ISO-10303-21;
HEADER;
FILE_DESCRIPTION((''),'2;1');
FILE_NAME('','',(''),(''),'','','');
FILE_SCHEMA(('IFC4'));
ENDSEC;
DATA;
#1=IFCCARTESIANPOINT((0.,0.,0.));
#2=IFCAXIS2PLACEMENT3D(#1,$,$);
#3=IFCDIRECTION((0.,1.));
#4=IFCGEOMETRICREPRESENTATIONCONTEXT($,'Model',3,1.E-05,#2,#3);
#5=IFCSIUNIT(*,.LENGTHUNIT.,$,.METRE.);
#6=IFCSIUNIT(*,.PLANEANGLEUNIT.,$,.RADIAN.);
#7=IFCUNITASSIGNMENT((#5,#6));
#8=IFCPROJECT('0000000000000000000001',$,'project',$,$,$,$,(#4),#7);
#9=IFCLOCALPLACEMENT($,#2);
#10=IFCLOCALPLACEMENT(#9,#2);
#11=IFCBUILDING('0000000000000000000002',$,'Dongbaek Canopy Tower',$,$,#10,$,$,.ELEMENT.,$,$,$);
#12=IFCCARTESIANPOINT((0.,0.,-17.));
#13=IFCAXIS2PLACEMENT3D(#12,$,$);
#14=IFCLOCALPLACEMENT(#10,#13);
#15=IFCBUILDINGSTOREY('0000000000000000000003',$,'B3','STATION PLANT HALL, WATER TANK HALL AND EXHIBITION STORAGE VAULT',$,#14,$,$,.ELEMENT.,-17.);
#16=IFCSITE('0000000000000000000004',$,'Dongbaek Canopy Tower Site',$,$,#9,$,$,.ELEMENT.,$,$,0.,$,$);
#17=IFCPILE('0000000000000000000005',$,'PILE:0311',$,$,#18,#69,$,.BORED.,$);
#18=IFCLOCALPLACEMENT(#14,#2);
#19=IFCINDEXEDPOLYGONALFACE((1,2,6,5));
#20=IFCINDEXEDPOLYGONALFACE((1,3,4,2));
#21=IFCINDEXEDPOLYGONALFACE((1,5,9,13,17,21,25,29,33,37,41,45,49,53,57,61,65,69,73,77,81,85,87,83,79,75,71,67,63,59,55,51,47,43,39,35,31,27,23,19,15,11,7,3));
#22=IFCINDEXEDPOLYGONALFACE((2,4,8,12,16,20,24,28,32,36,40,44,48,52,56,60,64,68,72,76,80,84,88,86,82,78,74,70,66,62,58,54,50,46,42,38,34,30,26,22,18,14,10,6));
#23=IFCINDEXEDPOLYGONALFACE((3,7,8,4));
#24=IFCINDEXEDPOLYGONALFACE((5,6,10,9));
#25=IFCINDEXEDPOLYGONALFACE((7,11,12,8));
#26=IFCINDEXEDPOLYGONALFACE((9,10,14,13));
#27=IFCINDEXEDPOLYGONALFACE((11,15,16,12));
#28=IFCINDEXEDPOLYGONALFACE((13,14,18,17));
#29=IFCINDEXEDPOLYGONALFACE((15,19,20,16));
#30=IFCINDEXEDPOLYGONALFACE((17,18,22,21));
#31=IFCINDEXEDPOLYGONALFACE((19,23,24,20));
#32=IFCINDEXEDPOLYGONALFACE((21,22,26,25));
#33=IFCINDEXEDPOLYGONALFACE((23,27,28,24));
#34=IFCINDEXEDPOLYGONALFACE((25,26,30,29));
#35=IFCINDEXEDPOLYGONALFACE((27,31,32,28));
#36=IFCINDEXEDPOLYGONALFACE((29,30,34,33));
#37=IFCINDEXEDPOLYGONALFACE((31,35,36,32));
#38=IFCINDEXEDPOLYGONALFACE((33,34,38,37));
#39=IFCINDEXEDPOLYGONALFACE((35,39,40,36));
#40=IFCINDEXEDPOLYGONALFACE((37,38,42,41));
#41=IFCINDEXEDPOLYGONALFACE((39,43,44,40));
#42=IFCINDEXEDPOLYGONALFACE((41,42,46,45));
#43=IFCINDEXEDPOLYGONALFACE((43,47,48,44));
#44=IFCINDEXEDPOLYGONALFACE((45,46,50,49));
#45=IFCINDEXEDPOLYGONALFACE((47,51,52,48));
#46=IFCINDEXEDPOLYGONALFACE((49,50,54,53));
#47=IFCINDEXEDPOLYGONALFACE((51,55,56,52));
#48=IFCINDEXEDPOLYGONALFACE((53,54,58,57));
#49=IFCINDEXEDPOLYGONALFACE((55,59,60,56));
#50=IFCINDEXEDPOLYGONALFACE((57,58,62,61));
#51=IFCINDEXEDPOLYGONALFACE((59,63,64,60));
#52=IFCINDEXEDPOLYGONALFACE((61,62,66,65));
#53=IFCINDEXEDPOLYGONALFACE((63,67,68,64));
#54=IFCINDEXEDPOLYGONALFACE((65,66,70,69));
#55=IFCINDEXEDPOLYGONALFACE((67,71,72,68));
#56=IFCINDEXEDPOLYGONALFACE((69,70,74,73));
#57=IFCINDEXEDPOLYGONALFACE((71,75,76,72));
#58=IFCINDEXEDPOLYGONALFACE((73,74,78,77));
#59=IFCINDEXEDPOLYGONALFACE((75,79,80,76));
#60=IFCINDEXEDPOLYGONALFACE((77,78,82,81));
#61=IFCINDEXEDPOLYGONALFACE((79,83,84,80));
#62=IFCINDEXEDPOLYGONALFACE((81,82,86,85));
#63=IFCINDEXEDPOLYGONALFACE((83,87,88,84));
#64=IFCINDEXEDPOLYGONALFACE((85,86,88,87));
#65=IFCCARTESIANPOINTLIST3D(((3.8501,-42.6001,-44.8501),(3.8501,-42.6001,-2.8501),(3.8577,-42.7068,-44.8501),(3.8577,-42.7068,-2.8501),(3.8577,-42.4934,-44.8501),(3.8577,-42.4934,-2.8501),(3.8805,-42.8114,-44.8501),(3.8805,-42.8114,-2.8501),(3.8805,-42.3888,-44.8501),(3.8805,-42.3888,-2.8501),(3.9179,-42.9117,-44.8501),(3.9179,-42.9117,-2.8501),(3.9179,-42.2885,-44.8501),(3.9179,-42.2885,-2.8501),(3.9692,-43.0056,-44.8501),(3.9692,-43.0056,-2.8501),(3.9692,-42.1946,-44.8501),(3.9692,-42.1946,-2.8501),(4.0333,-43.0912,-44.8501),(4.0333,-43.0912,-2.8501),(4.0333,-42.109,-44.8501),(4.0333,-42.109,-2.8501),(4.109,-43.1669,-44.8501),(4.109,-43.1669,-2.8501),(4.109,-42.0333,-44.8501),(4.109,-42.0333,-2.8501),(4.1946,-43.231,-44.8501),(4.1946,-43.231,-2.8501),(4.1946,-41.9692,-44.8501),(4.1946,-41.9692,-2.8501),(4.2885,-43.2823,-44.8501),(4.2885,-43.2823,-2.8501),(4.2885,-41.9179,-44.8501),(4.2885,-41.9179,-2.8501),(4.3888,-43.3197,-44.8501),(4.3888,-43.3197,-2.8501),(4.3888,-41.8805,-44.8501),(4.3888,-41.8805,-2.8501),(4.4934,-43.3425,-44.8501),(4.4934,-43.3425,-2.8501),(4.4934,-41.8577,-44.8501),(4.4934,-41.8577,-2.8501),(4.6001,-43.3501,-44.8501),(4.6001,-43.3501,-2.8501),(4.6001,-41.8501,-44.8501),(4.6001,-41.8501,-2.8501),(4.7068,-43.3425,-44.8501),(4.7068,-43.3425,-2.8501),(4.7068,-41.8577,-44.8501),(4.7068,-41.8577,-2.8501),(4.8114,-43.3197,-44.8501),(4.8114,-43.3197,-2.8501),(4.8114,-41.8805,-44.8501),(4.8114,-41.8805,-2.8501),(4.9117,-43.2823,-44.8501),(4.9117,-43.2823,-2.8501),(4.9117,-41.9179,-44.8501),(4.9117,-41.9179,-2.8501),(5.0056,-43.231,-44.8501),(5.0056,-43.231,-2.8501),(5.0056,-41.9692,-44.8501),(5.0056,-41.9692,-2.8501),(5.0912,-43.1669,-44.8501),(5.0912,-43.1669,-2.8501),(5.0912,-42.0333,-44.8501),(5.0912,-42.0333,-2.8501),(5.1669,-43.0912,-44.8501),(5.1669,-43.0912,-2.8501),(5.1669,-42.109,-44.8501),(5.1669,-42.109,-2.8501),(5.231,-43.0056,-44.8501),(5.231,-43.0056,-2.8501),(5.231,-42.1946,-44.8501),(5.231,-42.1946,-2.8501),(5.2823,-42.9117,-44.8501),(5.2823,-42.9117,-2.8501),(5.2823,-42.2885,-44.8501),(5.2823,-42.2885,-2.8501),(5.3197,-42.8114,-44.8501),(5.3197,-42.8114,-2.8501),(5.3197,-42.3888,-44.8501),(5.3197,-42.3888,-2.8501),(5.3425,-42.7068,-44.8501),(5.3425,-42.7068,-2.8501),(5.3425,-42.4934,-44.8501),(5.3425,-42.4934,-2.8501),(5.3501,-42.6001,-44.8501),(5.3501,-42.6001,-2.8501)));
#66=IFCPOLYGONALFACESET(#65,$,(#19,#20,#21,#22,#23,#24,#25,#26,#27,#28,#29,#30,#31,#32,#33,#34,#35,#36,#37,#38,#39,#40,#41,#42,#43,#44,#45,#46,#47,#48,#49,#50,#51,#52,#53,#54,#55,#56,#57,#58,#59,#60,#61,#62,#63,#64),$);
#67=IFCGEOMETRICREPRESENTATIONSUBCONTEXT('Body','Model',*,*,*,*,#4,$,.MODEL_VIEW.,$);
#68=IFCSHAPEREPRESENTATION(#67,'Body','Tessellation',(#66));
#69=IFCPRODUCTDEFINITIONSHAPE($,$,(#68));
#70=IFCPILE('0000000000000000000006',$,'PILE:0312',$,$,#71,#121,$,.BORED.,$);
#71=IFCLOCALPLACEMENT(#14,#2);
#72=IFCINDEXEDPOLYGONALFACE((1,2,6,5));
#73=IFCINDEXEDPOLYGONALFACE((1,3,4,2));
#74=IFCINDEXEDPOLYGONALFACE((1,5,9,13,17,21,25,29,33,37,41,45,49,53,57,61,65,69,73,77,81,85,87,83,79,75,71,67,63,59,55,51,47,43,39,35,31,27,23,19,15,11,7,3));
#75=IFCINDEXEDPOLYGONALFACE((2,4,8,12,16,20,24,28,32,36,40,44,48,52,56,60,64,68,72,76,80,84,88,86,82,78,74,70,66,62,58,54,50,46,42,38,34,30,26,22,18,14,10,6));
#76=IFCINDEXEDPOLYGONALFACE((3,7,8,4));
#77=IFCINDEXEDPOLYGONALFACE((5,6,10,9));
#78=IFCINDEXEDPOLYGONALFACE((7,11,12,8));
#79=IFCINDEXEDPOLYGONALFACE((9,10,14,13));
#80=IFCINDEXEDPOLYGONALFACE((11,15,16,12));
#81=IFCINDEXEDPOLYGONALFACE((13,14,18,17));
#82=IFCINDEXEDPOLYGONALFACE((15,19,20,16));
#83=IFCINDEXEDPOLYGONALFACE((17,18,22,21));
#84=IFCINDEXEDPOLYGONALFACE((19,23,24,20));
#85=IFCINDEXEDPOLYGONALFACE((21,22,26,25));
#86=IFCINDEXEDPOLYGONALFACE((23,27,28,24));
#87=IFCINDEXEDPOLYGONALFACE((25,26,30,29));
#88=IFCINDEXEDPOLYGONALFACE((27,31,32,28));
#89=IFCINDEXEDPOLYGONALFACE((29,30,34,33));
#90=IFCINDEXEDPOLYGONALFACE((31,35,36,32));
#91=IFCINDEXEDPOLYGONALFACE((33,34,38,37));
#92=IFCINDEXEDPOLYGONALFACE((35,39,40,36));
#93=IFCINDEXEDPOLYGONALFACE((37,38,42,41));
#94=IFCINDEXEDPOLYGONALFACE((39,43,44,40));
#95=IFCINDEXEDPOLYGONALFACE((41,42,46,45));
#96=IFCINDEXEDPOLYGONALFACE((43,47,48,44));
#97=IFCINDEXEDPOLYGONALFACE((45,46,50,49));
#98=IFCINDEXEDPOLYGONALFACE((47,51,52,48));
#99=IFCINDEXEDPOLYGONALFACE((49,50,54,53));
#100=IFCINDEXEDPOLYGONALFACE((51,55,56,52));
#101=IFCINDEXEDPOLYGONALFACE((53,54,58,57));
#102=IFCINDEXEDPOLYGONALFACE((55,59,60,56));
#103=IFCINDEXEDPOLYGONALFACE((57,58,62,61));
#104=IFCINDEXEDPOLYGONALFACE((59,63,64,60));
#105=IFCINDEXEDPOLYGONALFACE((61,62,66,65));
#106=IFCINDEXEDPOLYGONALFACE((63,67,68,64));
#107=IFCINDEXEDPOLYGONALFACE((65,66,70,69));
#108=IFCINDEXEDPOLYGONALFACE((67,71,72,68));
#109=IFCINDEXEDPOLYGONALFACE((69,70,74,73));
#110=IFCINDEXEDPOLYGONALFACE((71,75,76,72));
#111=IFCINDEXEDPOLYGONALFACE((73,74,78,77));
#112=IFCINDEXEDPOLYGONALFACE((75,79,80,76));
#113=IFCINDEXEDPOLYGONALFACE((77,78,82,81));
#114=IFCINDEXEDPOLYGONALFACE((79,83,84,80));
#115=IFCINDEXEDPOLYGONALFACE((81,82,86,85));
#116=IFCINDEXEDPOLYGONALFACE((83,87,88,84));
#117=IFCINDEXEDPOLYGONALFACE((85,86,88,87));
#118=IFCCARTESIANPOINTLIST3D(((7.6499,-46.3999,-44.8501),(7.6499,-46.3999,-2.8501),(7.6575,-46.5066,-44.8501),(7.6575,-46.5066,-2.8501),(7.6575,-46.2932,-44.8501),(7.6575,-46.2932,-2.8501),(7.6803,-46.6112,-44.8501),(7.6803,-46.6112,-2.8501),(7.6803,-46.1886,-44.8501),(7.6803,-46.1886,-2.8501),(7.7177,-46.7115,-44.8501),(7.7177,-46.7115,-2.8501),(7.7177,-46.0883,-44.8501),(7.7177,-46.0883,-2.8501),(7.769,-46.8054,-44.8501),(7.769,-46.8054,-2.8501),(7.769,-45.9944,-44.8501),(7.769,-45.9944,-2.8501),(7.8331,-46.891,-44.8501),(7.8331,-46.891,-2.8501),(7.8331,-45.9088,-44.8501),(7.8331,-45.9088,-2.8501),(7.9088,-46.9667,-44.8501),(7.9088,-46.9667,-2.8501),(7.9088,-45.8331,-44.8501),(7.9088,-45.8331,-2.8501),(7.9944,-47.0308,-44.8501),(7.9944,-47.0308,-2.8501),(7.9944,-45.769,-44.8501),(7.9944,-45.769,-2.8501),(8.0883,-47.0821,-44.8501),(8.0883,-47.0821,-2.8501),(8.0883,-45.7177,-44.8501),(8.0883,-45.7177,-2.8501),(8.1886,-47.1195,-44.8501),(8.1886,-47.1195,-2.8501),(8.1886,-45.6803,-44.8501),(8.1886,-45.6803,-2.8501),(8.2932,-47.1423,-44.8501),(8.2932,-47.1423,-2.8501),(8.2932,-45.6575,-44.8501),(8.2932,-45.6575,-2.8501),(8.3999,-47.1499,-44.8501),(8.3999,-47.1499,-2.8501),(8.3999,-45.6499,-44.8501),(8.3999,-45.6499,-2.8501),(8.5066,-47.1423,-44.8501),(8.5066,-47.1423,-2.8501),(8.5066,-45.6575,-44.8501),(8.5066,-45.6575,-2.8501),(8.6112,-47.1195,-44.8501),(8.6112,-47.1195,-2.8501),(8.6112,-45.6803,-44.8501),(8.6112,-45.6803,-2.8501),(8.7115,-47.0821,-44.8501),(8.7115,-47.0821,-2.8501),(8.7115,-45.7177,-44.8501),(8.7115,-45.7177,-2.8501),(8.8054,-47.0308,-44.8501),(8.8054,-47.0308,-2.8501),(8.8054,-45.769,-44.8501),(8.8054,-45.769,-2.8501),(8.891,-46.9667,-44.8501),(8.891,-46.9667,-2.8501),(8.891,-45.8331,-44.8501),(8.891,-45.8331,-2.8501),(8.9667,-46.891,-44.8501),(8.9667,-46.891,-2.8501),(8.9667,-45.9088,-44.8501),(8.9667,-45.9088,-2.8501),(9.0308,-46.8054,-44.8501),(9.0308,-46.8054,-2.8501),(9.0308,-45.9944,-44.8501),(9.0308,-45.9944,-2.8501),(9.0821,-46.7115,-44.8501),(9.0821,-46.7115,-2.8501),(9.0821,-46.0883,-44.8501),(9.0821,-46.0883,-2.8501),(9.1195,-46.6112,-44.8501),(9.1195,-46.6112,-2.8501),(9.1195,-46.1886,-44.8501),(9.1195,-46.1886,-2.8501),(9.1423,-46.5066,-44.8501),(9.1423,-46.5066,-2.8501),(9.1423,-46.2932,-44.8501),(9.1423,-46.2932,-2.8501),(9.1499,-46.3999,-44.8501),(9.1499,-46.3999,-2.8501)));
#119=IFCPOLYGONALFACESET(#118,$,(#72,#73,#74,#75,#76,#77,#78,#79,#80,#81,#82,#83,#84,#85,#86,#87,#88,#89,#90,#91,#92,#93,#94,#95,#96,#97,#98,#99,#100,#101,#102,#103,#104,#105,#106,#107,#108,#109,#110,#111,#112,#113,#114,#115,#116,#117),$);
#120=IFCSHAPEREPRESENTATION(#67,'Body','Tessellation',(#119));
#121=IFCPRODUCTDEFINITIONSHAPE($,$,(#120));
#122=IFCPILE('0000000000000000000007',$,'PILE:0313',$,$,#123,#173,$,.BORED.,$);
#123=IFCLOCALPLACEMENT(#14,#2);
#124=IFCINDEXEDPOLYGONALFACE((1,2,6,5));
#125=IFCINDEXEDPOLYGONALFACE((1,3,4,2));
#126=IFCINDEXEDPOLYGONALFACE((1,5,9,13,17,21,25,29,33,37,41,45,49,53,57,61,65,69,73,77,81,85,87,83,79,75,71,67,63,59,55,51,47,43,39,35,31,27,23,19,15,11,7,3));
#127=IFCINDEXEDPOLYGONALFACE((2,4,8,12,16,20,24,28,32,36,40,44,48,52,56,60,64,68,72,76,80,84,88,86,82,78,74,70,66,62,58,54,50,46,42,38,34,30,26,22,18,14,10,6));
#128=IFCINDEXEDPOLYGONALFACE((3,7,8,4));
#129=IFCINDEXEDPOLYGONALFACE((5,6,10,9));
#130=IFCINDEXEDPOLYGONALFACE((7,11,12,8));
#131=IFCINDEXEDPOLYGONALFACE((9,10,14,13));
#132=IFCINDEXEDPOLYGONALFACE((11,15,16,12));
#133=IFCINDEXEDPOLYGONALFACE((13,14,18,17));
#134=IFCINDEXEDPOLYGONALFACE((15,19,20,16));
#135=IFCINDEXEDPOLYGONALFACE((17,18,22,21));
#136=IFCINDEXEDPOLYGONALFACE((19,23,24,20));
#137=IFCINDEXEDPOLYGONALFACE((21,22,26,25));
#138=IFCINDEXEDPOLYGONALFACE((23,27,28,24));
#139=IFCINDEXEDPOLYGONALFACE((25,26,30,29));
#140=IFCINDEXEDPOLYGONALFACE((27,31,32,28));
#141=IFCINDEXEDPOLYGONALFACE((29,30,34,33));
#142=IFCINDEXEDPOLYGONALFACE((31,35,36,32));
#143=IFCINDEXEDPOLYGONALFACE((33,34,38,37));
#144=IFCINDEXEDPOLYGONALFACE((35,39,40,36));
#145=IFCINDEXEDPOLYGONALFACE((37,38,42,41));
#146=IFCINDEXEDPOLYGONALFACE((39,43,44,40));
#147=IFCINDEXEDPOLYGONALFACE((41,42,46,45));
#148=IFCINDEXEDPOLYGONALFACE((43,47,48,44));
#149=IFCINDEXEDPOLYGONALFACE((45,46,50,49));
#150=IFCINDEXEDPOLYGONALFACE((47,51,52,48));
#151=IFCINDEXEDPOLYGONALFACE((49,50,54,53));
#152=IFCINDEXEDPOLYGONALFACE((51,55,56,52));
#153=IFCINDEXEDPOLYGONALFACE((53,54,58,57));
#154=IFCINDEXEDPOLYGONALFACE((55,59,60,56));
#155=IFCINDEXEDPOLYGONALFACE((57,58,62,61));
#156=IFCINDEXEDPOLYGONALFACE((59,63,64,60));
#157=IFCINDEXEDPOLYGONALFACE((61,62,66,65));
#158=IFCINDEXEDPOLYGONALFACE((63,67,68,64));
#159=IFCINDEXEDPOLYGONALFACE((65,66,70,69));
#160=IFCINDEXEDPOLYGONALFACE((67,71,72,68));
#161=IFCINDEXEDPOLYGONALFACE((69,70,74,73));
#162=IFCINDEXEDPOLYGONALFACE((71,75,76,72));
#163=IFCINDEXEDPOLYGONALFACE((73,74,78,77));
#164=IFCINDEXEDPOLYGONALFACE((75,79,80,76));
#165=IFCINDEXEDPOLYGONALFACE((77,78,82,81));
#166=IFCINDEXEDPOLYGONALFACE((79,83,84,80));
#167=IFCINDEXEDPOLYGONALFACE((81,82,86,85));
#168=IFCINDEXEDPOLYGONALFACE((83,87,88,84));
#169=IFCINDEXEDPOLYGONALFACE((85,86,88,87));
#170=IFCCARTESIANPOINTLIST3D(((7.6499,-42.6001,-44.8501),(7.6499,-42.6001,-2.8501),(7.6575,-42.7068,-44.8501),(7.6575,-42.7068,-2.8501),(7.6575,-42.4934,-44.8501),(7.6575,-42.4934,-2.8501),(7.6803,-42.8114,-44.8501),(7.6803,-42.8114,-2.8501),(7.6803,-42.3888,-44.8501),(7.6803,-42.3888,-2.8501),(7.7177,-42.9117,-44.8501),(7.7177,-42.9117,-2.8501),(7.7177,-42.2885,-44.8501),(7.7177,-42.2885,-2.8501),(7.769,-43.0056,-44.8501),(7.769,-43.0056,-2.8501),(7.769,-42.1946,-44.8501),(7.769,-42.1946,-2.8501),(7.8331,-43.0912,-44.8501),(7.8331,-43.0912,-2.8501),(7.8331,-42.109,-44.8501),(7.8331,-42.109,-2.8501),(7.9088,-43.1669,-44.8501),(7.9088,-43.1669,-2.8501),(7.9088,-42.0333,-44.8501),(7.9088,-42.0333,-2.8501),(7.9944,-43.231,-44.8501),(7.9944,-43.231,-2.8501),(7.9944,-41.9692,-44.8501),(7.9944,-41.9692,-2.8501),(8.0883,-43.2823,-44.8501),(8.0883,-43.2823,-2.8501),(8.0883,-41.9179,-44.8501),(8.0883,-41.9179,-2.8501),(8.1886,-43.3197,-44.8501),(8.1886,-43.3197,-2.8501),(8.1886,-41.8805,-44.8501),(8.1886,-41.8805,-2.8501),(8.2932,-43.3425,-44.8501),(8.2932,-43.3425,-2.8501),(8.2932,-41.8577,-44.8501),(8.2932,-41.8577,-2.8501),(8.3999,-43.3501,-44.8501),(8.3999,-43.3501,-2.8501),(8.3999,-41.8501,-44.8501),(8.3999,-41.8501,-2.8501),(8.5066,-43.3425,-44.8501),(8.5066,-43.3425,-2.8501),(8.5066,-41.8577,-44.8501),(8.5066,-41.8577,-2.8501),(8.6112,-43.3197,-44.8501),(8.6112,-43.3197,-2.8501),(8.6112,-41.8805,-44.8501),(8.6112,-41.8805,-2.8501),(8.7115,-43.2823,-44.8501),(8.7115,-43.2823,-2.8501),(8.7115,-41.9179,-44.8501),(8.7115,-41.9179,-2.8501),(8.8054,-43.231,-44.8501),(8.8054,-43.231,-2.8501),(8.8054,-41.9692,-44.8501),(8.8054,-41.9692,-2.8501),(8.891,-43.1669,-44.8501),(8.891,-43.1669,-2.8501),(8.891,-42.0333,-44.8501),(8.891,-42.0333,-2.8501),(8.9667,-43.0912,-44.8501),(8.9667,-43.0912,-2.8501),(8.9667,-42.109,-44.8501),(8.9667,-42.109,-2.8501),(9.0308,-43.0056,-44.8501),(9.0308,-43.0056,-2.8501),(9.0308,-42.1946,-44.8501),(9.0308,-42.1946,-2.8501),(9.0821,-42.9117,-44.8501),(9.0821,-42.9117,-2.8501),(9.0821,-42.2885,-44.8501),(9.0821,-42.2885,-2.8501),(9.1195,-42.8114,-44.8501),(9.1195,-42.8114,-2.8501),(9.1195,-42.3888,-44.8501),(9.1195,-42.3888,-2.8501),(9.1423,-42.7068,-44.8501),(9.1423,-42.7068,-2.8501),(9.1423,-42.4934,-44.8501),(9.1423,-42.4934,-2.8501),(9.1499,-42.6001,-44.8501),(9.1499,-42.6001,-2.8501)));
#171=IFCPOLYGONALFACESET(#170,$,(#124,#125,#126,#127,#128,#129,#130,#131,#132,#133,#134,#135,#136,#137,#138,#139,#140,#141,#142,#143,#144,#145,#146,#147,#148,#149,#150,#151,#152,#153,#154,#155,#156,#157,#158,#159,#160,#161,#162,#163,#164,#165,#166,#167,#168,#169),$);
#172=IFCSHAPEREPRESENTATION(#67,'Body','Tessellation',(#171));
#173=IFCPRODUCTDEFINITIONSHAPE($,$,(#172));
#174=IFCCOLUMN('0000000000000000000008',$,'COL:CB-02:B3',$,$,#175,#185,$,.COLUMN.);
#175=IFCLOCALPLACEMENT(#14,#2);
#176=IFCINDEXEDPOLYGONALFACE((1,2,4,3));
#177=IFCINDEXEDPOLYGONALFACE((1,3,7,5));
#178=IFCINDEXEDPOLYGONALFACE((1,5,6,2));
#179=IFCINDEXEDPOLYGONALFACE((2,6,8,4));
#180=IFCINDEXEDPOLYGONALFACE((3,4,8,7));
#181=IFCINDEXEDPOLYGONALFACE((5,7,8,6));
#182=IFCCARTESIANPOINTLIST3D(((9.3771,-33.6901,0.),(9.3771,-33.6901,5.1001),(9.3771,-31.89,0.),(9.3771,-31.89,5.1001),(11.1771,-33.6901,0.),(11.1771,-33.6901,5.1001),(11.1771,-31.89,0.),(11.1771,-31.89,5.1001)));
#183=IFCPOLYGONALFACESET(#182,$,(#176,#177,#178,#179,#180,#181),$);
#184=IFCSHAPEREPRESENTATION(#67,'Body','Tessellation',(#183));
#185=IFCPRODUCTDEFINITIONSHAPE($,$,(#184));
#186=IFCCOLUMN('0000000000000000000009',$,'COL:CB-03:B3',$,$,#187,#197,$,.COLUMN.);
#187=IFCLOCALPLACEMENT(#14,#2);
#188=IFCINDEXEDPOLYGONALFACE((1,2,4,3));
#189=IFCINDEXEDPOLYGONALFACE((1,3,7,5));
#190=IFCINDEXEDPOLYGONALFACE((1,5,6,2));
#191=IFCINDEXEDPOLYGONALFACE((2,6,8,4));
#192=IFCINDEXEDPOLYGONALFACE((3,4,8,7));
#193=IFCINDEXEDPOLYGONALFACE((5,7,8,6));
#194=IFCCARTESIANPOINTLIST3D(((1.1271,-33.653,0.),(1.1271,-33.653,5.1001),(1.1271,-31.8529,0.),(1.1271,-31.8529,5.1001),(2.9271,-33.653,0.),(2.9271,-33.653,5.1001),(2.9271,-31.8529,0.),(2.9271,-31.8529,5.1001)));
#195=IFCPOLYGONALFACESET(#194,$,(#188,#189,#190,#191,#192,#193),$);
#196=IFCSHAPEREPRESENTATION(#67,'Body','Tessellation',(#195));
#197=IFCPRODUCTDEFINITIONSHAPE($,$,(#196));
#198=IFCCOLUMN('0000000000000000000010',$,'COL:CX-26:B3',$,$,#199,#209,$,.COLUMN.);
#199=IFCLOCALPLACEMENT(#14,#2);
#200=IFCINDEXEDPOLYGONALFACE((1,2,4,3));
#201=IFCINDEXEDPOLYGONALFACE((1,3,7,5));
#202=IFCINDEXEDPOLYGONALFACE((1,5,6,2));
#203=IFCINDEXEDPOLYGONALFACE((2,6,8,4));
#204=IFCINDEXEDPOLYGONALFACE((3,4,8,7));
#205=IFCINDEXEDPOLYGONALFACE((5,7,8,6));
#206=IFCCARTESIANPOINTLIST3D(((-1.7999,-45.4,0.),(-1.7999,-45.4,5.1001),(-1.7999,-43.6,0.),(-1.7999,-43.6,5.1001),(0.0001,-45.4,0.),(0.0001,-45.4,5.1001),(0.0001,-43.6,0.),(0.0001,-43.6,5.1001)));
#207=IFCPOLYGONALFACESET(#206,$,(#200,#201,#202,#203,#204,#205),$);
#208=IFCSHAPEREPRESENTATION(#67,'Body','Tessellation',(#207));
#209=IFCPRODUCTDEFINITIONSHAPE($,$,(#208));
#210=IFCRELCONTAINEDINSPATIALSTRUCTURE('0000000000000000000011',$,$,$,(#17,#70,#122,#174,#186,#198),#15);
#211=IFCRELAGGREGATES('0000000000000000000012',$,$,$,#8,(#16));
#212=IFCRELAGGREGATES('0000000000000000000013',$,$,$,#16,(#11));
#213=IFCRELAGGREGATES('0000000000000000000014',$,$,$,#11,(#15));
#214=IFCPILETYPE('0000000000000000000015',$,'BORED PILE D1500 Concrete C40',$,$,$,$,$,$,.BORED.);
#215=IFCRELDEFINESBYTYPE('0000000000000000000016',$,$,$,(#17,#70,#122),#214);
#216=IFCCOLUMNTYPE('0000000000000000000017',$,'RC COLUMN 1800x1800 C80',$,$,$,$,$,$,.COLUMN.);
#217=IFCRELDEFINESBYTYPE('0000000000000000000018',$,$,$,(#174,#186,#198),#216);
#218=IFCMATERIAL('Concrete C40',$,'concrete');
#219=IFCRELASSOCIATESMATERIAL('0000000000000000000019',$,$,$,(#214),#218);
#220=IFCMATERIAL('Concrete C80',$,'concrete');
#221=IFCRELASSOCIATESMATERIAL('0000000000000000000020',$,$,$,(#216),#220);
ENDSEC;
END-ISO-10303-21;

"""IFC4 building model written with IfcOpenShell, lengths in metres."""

from ifc_helpers import new_model, si_unit, direction, frame, origin, origin_2d, place, context, subcontext, project, spatial, rectangle, circle, extrude, material, material_profile, profile_set, type_object, element, save


model = new_model("IFC4")

# Units and contexts
model_context = context("Model", 3, precision=1e-05, world=origin(), true_north=direction((0.0, 1.0)))
body_context = subcontext(model_context, "Body", "Model", "MODEL_VIEW")
ifc_project = project(units=[si_unit("LENGTHUNIT", "METRE"), si_unit("PLANEANGLEUNIT", "RADIAN")], contexts=[model_context])

# Site, building, storey
site_placement = place(None, origin())
site = spatial("IfcSite", under=ifc_project, at=site_placement, Name="Dongbaek Canopy Tower Site", CompositionType="ELEMENT", RefElevation=0.0)
building_placement = place(site_placement, origin())
building = spatial("IfcBuilding", under=site, at=building_placement, Name="Dongbaek Canopy Tower", CompositionType="ELEMENT")
storey_placement = place(building_placement, frame((0.0, 0.0, -17.0)))
storey = spatial("IfcBuildingStorey", under=building, at=storey_placement, Name="B3", Description="STATION PLANT HALL, WATER TANK HALL AND EXHIBITION STORAGE VAULT", CompositionType="ELEMENT", Elevation=-17.0)

# Piles
ifc_material_1 = material(Name="Concrete C40", Category="concrete")
ifc_material_profile_1 = material_profile(ifc_material_1, circle(Radius=0.75, at=origin_2d()), Name="BORED PILE D1500 Concrete C40")
ifc_profile_set_1 = profile_set([ifc_material_profile_1], Name="Concrete C40")
pile_type = type_object("IfcPileType", Name="BORED PILE D1500 Concrete C40", PredefinedType="BORED", material=ifc_profile_set_1)
for number, where, z_axis, x_axis, name in (
    (1, (4.6001, -42.6001, -2.8501), (0.0, 0.0, -1.0), (1.0, 0.0, 0.0), "PILE:0311"),
    (2, (8.3999, -46.3999, -2.8501), (0.0, 0.0, -1.0), (1.0, 0.0, 0.0), "PILE:0312"),
    (3, (8.3999, -42.6001, -2.8501), (0.0, 0.0, -1.0), (1.0, 0.0, 0.0), "PILE:0313"),
):
    element("IfcPile", number, at=place(storey_placement, frame(where, z_axis=z_axis, x_axis=x_axis)), inside=storey, type_object=pile_type, Name=name, PredefinedType="BORED", context=body_context, shape_type="SweptSolid", body=[
        extrude(circle(Radius=0.75, at=origin_2d()), origin(), (0.0, 0.0, 1.0), 42.0),
    ])

# Columns
ifc_material_2 = material(Name="Concrete C80", Category="concrete")
ifc_material_profile_2 = material_profile(ifc_material_2, rectangle(XDim=1.8, YDim=1.8, at=origin_2d()), Name="RC COLUMN 1800x1800 C80")
ifc_profile_set_2 = profile_set([ifc_material_profile_2], Name="Concrete C80")
column_type = type_object("IfcColumnType", Name="RC COLUMN 1800x1800 C80", PredefinedType="COLUMN", material=ifc_profile_set_2)
for number, where, z_axis, x_axis, name in (
    (4, (10.2771, -32.79, 0.0), (0.0, 0.0, 1.0), (1.0, 0.0, 0.0), "COL:CB-02:B3"),
    (5, (2.0271, -32.7529, 0.0), (0.0, 0.0, 1.0), (1.0, 0.0, 0.0), "COL:CB-03:B3"),
    (6, (-0.8999, -44.5, 0.0), (0.0, 0.0, 1.0), (1.0, 0.0, 0.0), "COL:CX-26:B3"),
):
    element("IfcColumn", number, at=place(storey_placement, frame(where, z_axis=z_axis, x_axis=x_axis)), inside=storey, type_object=column_type, Name=name, PredefinedType="COLUMN", context=body_context, shape_type="SweptSolid", body=[
        extrude(rectangle(XDim=1.8, YDim=1.8, at=origin_2d()), origin(), (0.0, 0.0, 1.0), 5.1001),
    ])

save(model, "model.ifc")
